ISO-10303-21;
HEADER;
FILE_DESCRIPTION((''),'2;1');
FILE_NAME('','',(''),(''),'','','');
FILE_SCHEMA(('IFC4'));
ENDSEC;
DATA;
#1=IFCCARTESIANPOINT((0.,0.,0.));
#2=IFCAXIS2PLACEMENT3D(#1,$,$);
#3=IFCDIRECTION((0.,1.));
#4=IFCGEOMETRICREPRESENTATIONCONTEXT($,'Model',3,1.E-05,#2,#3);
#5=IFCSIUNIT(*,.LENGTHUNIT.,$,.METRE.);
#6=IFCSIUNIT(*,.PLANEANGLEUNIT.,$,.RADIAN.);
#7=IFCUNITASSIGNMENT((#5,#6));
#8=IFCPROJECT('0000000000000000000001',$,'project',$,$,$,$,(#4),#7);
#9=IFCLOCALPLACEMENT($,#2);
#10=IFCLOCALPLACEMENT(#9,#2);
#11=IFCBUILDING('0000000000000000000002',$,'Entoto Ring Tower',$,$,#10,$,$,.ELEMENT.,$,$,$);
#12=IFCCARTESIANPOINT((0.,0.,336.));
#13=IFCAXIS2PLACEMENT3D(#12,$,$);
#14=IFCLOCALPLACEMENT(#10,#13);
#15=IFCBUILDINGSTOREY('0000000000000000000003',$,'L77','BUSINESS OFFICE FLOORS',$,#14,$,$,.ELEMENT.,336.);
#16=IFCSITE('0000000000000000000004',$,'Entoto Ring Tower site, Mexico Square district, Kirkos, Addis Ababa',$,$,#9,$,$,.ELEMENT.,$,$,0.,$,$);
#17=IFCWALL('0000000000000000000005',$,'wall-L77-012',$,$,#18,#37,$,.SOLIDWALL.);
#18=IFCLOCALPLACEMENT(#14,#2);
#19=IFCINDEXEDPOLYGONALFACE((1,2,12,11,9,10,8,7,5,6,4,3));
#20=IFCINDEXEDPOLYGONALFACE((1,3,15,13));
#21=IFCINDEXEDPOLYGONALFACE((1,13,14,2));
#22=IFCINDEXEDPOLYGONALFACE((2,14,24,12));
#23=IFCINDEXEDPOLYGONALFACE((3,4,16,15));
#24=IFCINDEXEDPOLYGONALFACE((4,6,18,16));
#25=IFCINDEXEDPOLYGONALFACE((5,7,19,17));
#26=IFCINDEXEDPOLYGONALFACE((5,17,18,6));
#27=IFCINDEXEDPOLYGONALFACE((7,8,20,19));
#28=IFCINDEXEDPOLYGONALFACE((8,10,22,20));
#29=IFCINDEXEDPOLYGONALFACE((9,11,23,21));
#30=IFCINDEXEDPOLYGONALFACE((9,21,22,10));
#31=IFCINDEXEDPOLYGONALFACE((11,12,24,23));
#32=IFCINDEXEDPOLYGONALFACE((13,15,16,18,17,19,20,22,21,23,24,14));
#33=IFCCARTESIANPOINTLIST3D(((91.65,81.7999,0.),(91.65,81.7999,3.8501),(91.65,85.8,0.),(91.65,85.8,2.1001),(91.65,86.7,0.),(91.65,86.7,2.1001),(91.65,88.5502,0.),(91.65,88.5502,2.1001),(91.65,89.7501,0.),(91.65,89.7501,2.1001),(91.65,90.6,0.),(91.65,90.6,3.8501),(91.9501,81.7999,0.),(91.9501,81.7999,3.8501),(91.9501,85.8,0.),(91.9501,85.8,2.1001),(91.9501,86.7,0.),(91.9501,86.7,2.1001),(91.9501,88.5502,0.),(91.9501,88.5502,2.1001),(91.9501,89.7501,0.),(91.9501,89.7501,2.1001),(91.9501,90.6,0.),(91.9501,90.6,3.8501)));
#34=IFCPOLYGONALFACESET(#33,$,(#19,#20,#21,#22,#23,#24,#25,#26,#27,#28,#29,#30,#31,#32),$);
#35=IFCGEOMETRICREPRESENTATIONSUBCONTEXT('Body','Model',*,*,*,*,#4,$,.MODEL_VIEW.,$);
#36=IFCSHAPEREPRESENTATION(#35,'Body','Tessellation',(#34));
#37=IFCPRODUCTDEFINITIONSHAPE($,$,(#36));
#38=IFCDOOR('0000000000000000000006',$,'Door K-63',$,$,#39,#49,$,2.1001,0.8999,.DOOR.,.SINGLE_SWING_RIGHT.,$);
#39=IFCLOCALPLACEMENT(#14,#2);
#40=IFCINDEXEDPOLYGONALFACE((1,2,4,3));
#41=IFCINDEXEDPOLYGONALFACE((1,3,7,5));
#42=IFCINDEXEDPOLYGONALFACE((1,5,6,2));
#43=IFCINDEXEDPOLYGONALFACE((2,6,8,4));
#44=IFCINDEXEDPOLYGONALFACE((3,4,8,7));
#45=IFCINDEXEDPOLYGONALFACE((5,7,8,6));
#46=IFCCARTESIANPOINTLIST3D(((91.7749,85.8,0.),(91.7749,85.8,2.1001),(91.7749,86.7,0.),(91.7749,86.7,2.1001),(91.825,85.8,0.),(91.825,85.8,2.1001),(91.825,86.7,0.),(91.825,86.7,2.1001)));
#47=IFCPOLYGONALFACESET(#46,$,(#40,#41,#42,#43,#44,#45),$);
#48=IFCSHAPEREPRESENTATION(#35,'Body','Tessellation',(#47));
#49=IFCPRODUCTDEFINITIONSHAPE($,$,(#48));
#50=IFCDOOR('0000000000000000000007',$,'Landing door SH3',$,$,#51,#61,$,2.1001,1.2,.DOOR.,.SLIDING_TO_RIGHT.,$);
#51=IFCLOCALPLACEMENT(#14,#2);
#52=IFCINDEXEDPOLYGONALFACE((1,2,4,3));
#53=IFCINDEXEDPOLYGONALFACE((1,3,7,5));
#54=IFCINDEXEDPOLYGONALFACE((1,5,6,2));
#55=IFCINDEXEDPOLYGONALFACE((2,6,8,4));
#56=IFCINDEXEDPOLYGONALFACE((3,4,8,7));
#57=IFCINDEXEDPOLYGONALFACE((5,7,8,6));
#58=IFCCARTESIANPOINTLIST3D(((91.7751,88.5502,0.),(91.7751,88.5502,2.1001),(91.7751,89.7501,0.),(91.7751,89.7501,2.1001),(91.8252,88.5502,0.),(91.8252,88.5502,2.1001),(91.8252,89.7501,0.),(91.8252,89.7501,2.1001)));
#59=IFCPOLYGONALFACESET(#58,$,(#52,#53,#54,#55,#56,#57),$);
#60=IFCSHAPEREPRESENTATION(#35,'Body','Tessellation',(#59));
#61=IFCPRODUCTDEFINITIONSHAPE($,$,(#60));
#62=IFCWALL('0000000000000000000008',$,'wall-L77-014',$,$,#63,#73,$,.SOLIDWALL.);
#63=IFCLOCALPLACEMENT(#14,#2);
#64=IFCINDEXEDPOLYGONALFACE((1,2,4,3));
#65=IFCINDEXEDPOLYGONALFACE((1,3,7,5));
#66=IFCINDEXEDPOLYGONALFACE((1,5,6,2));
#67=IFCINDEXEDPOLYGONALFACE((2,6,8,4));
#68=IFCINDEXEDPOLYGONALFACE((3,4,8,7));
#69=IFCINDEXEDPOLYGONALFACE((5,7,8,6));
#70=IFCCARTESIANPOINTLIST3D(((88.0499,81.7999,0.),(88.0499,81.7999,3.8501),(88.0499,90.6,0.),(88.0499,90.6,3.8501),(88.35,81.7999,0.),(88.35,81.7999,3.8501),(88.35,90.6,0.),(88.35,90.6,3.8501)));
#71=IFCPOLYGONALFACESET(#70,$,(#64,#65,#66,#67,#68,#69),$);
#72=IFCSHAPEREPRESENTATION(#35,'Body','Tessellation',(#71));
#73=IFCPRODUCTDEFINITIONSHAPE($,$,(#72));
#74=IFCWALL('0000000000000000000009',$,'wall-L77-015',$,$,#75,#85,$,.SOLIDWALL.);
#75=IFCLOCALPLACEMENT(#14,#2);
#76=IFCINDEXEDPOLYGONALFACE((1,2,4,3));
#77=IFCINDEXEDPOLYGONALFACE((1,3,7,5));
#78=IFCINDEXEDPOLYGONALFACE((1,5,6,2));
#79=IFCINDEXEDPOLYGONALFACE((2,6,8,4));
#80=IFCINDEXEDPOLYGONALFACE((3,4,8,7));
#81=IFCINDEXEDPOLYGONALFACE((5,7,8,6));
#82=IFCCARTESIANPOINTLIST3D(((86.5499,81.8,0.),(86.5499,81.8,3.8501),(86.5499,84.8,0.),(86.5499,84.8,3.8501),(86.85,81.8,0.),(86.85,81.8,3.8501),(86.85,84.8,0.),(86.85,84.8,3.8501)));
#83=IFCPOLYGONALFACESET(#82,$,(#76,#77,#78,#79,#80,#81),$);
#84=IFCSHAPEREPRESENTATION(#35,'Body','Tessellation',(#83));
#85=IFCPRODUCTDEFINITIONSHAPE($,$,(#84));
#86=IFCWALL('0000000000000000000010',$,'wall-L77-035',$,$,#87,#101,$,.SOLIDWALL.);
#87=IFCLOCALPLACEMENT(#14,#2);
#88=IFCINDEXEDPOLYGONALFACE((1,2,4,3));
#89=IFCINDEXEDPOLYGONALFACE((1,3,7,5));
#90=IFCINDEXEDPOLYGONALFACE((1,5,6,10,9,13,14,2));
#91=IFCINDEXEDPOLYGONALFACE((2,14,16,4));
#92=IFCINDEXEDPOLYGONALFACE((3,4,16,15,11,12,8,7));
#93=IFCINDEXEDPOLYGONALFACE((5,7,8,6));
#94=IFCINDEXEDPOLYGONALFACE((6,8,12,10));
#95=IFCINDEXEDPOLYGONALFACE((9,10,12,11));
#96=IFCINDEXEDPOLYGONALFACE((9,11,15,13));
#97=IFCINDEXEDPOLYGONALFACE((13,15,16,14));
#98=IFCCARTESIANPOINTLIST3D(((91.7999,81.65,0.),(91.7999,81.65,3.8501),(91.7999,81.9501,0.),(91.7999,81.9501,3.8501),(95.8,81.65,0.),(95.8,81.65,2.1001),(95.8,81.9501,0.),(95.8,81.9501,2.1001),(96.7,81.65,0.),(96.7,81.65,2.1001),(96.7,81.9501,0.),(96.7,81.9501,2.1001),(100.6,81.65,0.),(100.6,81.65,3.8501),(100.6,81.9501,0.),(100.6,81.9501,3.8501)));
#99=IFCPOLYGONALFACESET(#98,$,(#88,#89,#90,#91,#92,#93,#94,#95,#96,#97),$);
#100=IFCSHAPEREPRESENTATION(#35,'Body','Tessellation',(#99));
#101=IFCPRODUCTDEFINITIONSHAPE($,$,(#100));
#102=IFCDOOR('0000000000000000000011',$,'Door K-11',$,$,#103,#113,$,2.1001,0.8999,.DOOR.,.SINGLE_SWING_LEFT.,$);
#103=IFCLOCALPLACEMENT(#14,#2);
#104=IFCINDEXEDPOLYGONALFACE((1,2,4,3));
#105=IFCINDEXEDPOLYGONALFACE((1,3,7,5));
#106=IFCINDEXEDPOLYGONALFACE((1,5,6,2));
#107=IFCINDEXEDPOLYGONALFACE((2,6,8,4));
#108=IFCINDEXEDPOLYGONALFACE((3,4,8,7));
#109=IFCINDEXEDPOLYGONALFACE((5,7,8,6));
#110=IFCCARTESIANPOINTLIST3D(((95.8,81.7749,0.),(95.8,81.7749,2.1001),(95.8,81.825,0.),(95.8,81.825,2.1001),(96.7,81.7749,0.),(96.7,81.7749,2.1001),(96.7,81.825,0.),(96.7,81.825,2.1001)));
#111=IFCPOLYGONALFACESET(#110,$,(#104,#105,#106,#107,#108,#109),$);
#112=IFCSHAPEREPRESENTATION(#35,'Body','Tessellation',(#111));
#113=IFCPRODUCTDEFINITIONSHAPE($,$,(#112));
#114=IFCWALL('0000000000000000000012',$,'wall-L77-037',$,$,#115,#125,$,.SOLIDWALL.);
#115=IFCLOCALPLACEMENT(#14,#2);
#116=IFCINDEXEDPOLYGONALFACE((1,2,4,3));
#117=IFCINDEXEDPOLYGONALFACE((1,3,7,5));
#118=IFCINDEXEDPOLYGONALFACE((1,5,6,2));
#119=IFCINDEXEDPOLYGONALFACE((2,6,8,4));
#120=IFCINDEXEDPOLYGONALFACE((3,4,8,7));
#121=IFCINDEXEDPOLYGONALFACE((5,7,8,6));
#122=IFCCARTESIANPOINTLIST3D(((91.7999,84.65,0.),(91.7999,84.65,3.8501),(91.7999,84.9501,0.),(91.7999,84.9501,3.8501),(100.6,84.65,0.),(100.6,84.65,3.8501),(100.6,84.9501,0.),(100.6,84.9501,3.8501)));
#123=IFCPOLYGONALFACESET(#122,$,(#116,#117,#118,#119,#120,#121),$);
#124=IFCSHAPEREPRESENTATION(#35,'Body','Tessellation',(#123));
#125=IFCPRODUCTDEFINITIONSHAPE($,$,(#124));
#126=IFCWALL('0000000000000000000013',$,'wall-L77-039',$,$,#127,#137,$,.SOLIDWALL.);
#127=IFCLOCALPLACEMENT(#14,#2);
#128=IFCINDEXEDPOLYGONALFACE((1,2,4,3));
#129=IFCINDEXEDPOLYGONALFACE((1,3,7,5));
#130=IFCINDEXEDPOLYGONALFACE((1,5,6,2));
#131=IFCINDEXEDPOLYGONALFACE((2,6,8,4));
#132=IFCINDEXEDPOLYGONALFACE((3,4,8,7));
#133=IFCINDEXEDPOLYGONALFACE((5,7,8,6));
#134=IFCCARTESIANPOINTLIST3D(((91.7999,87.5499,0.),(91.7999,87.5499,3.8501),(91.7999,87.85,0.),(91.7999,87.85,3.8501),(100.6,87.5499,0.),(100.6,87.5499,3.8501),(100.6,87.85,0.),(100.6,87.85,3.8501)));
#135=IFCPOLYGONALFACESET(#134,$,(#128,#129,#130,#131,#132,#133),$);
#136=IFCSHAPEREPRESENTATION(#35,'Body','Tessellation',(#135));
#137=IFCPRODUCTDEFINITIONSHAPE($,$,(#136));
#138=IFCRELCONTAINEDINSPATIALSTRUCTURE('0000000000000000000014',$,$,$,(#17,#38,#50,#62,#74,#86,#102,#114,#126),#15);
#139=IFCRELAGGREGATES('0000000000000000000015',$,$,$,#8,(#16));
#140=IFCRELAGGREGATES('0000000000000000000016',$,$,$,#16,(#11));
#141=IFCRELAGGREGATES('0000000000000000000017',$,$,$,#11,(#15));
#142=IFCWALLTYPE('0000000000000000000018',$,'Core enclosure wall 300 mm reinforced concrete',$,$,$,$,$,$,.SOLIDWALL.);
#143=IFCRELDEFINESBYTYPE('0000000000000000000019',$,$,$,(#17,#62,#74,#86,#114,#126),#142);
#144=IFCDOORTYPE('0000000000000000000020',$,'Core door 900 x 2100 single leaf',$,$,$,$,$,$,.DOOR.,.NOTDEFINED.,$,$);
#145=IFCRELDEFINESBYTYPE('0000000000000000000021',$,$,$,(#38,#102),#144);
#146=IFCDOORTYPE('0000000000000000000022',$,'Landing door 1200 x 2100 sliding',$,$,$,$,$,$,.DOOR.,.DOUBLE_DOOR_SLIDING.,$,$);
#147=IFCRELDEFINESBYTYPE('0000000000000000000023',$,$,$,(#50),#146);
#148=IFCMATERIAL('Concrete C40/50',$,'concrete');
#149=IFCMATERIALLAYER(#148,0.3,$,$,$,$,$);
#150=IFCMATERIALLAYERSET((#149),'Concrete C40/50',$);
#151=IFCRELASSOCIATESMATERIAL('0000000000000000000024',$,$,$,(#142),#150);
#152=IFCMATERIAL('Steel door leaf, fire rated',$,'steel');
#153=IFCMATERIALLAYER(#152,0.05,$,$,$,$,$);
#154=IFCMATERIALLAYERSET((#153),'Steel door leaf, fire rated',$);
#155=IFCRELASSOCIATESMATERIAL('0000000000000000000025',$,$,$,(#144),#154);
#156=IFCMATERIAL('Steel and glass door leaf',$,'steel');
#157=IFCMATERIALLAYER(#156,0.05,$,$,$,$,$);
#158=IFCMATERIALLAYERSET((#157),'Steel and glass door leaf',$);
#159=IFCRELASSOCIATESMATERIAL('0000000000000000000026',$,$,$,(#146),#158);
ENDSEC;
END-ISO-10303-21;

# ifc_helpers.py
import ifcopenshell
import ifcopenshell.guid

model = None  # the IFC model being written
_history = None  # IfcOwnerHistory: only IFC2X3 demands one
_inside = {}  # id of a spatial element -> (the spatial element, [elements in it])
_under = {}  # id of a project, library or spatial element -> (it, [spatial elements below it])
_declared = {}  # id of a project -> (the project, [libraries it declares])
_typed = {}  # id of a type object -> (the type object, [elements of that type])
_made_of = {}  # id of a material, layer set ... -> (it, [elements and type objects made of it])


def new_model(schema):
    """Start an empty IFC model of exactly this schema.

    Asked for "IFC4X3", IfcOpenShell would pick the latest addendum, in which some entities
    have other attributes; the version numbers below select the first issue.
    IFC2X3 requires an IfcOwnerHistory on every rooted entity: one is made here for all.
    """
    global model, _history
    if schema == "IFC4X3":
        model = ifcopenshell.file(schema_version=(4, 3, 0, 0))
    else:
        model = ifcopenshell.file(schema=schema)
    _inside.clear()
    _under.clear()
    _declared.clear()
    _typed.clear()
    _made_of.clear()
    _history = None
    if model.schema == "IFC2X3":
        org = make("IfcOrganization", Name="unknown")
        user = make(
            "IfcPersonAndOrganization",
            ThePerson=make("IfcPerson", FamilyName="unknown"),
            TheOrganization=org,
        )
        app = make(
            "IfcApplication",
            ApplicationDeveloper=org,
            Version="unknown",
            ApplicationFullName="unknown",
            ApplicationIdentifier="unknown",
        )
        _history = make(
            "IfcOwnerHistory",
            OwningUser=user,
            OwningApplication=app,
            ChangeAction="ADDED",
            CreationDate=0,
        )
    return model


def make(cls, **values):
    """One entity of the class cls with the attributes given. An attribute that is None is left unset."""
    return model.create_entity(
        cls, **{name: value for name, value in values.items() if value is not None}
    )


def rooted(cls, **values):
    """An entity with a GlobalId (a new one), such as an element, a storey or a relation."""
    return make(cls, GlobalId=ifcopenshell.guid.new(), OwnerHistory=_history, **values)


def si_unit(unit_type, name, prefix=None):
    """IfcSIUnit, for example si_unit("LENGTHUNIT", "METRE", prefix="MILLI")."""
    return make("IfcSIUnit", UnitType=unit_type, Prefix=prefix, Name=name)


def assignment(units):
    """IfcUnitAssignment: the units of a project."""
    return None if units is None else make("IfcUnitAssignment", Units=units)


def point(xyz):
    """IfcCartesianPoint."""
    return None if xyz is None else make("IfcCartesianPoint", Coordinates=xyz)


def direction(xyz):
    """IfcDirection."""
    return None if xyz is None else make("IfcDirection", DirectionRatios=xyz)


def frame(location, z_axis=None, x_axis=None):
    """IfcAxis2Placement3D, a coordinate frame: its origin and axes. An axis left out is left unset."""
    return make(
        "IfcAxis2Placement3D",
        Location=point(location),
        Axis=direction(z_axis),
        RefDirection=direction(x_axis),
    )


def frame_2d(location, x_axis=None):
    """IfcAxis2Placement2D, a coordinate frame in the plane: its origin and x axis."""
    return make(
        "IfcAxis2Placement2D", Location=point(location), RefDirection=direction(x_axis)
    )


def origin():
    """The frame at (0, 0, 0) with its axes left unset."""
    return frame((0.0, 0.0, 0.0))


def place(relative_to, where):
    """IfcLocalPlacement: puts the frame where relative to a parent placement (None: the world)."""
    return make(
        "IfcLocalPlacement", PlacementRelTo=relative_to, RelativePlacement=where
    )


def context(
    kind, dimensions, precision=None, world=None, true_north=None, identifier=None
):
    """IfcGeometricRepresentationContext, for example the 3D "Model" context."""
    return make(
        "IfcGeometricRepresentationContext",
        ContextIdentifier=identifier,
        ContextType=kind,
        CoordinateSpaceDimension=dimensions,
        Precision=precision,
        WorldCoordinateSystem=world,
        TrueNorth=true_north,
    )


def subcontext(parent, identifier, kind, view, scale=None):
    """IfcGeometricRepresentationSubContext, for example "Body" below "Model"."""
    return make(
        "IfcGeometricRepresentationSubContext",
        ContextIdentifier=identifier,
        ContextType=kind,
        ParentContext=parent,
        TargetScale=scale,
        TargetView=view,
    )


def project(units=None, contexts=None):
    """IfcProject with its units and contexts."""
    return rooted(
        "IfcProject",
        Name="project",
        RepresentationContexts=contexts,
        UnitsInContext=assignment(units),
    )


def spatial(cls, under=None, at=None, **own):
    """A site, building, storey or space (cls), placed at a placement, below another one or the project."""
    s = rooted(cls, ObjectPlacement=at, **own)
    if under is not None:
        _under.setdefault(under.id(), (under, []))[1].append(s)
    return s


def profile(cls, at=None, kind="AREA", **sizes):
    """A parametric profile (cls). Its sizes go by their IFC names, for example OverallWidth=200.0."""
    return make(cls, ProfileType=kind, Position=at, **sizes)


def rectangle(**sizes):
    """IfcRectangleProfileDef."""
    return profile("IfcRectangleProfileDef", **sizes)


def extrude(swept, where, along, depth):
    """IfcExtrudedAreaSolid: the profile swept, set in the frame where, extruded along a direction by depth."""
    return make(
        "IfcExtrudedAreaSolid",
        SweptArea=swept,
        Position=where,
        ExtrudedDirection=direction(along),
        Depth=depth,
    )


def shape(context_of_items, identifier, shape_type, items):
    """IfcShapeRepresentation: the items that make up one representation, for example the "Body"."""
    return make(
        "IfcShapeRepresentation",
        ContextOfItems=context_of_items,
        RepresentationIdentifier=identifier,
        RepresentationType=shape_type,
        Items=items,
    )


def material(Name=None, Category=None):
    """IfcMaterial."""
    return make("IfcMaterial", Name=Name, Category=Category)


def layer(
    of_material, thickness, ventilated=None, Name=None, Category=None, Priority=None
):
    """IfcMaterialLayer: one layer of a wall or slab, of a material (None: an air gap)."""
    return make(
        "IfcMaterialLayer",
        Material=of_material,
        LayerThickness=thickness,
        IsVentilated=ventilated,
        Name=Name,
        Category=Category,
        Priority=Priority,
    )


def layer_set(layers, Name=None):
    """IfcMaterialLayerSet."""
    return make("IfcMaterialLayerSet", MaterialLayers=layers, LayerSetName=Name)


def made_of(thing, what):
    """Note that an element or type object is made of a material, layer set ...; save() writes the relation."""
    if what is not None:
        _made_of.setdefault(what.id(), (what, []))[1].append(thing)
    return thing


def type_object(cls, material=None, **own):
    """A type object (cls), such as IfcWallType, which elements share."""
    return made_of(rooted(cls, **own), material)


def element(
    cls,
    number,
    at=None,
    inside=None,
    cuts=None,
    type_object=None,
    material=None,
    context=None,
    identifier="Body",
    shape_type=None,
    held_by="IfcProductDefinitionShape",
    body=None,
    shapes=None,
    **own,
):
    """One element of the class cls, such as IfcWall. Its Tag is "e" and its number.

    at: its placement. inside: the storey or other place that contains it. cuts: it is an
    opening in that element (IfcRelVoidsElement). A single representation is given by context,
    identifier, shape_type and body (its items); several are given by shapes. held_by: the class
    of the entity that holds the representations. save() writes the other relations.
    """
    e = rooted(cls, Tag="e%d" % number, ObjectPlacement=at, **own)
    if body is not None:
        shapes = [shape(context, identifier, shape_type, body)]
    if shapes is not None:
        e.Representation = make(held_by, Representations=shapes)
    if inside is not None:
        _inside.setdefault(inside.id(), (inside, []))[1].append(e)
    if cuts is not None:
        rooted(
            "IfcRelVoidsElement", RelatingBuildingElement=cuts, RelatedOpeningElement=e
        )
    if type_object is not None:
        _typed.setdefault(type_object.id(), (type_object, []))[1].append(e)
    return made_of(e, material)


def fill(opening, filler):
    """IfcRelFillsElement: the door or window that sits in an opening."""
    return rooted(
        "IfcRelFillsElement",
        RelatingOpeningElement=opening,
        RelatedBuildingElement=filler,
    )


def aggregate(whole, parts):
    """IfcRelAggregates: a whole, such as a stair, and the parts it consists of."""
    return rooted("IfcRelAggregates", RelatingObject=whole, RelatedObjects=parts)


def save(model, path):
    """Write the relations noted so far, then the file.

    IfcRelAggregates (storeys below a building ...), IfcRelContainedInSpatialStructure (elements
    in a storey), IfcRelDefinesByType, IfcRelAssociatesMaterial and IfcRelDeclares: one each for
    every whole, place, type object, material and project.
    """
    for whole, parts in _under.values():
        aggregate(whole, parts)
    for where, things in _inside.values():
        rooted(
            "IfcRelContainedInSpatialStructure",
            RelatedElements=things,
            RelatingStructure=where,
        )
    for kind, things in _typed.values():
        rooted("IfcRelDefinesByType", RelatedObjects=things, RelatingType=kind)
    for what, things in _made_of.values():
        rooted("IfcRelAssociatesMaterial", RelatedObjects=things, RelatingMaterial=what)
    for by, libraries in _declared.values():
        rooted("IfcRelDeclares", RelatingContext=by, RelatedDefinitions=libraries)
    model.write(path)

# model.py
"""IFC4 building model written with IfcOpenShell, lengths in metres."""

from ifc_helpers import new_model, si_unit, direction, frame, frame_2d, origin, place, context, subcontext, project, spatial, rectangle, extrude, material, layer, layer_set, type_object, element, fill, save


model = new_model("IFC4")

# Units and contexts
model_context = context("Model", 3, precision=1e-05, world=origin(), true_north=direction((0.0, 1.0)))
body_context = subcontext(model_context, "Body", "Model", "MODEL_VIEW")
ifc_project = project(units=[si_unit("LENGTHUNIT", "METRE"), si_unit("PLANEANGLEUNIT", "RADIAN")], contexts=[model_context])

# Site, building, storey
site_placement = place(None, origin())
site = spatial("IfcSite", under=ifc_project, at=site_placement, Name="Entoto Ring Tower site, Mexico Square district, Kirkos, Addis Ababa", CompositionType="ELEMENT", RefElevation=0.0)
building_placement = place(site_placement, origin())
building = spatial("IfcBuilding", under=site, at=building_placement, Name="Entoto Ring Tower", CompositionType="ELEMENT")
storey_placement = place(building_placement, frame((0.0, 0.0, 336.0)))
storey = spatial("IfcBuildingStorey", under=building, at=storey_placement, Name="L77", Description="BUSINESS OFFICE FLOORS", CompositionType="ELEMENT", Elevation=336.0)

# Shared definitions
ifc_material_1 = material(Name="Concrete C40/50", Category="concrete")
ifc_layer_1 = layer(ifc_material_1, 0.3)
ifc_layer_set_1 = layer_set([ifc_layer_1], Name="Concrete C40/50")
wall_type = type_object("IfcWallType", Name="Core enclosure wall 300 mm reinforced concrete", PredefinedType="SOLIDWALL", material=ifc_layer_set_1)

# Wall, openings, doors
wall_1_placement = place(storey_placement, frame((91.8, 81.8, 0.0), z_axis=(0.0, 0.0, 1.0), x_axis=(0.0, 1.0, 0.0)))
wall_1 = element("IfcWall", 1, at=wall_1_placement, inside=storey, type_object=wall_type, Name="wall-L77-012", PredefinedType="SOLIDWALL", context=body_context, shape_type="SweptSolid", body=[
    extrude(rectangle(XDim=8.8, YDim=0.3, at=frame_2d((4.3999, 0.0))), origin(), (0.0, 0.0, 1.0), 3.8501),
])
opening_1_placement = place(wall_1_placement, frame((6.75, 0.0, 0.0)))
opening_1 = element("IfcOpeningElement", 2, at=opening_1_placement, cuts=wall_1, PredefinedType="OPENING", context=body_context, shape_type="SweptSolid", body=[
    extrude(rectangle(XDim=1.2, YDim=2.1001, at=frame_2d((0.6001, 1.05))), frame((0.0, 0.1602, 0.0), z_axis=(0.0, -1.0, 0.0), x_axis=(1.0, 0.0, 0.0)), (0.0, 0.0, 1.0), 0.3201),
])
opening_2_placement = place(wall_1_placement, frame((4.0, 0.0, 0.0)))
opening_2 = element("IfcOpeningElement", 3, at=opening_2_placement, cuts=wall_1, PredefinedType="OPENING", context=body_context, shape_type="SweptSolid", body=[
    extrude(rectangle(XDim=0.8999, YDim=2.1001, at=frame_2d((0.45, 1.05))), frame((0.0, 0.1602, 0.0), z_axis=(0.0, -1.0, 0.0), x_axis=(1.0, 0.0, 0.0)), (0.0, 0.0, 1.0), 0.3201),
])
ifc_material_2 = material(Name="Steel door leaf, fire rated", Category="steel")
ifc_layer_2 = layer(ifc_material_2, 0.05)
ifc_layer_set_2 = layer_set([ifc_layer_2], Name="Steel door leaf, fire rated")
door_type_1 = type_object("IfcDoorType", Name="Core door 900 x 2100 single leaf", OperationType="NOTDEFINED", PredefinedType="DOOR", material=ifc_layer_set_2)
door_1_placement = place(opening_2_placement, frame((0.8999, 0.0, 0.0), z_axis=(0.0, 0.0, 1.0), x_axis=(-1.0, 0.0, 0.0)))
door_1 = element("IfcDoor", 4, at=door_1_placement, inside=storey, type_object=door_type_1, Name="Door K-63", OperationType="SINGLE_SWING_RIGHT", OverallHeight=2.1001, OverallWidth=0.8999, PredefinedType="DOOR", context=body_context, shape_type="SweptSolid", body=[
    extrude(rectangle(XDim=0.8999, YDim=2.1001, at=frame_2d((0.45, 1.05))), frame((0.0, 0.0249, 0.0), z_axis=(0.0, -1.0, 0.0), x_axis=(1.0, 0.0, 0.0)), (0.0, 0.0, 1.0), 0.05),
])
fill(opening_2, door_1)
ifc_material_3 = material(Name="Steel and glass door leaf", Category="steel")
ifc_layer_3 = layer(ifc_material_3, 0.05)
ifc_layer_set_3 = layer_set([ifc_layer_3], Name="Steel and glass door leaf")
door_type_2 = type_object("IfcDoorType", Name="Landing door 1200 x 2100 sliding", OperationType="DOUBLE_DOOR_SLIDING", PredefinedType="DOOR", material=ifc_layer_set_3)
door_2_placement = place(opening_1_placement, origin())
door_2 = element("IfcDoor", 5, at=door_2_placement, inside=storey, type_object=door_type_2, Name="Landing door SH3", OperationType="SLIDING_TO_RIGHT", OverallHeight=2.1001, OverallWidth=1.2, PredefinedType="DOOR", context=body_context, shape_type="SweptSolid", body=[
    extrude(rectangle(XDim=1.2, YDim=2.1001, at=frame_2d((0.6001, 1.05))), frame((0.0, 0.0249, 0.0), z_axis=(0.0, -1.0, 0.0), x_axis=(1.0, 0.0, 0.0)), (0.0, 0.0, 1.0), 0.05),
])
fill(opening_1, door_2)

# Walls
wall_2_placement = place(storey_placement, frame((88.2, 81.8, 0.0), z_axis=(0.0, 0.0, 1.0), x_axis=(0.0, 1.0, 0.0)))
element("IfcWall", 6, at=wall_2_placement, inside=storey, type_object=wall_type, Name="wall-L77-014", PredefinedType="SOLIDWALL", context=body_context, shape_type="SweptSolid", body=[
    extrude(rectangle(XDim=8.8, YDim=0.3, at=frame_2d((4.3999, 0.0))), origin(), (0.0, 0.0, 1.0), 3.8501),
])
wall_3_placement = place(storey_placement, frame((86.7, 81.8, 0.0), z_axis=(0.0, 0.0, 1.0), x_axis=(0.0, 1.0, 0.0)))
element("IfcWall", 7, at=wall_3_placement, inside=storey, type_object=wall_type, Name="wall-L77-015", PredefinedType="SOLIDWALL", context=body_context, shape_type="SweptSolid", body=[
    extrude(rectangle(XDim=3.0, YDim=0.3, at=frame_2d((1.5, 0.0))), origin(), (0.0, 0.0, 1.0), 3.8501),
])

# Wall, opening, door
wall_4_placement = place(storey_placement, frame((91.8, 81.8, 0.0), z_axis=(0.0, 0.0, 1.0), x_axis=(1.0, 0.0, 0.0)))
wall_4 = element("IfcWall", 8, at=wall_4_placement, inside=storey, type_object=wall_type, Name="wall-L77-035", PredefinedType="SOLIDWALL", context=body_context, shape_type="SweptSolid", body=[
    extrude(rectangle(XDim=8.8, YDim=0.3, at=frame_2d((4.3999, 0.0))), origin(), (0.0, 0.0, 1.0), 3.8501),
])
opening_3_placement = place(wall_4_placement, frame((4.0, 0.0, 0.0)))
opening_3 = element("IfcOpeningElement", 9, at=opening_3_placement, cuts=wall_4, PredefinedType="OPENING", context=body_context, shape_type="SweptSolid", body=[
    extrude(rectangle(XDim=0.8999, YDim=2.1001, at=frame_2d((0.45, 1.05))), frame((0.0, 0.1602, 0.0), z_axis=(0.0, -1.0, 0.0), x_axis=(1.0, 0.0, 0.0)), (0.0, 0.0, 1.0), 0.3201),
])
door_3_placement = place(opening_3_placement, origin())
door_3 = element("IfcDoor", 10, at=door_3_placement, inside=storey, type_object=door_type_1, Name="Door K-11", OperationType="SINGLE_SWING_LEFT", OverallHeight=2.1001, OverallWidth=0.8999, PredefinedType="DOOR", context=body_context, shape_type="SweptSolid", body=[
    extrude(rectangle(XDim=0.8999, YDim=2.1001, at=frame_2d((0.45, 1.05))), frame((0.0, 0.0249, 0.0), z_axis=(0.0, -1.0, 0.0), x_axis=(1.0, 0.0, 0.0)), (0.0, 0.0, 1.0), 0.05),
])
fill(opening_3, door_3)

# Walls
for number, where, z_axis, x_axis, name in (
    (11, (91.8, 84.8, 0.0), (0.0, 0.0, 1.0), (1.0, 0.0, 0.0), "wall-L77-037"),
    (12, (91.8, 87.7, 0.0), (0.0, 0.0, 1.0), (1.0, 0.0, 0.0), "wall-L77-039"),
):
    element("IfcWall", number, at=place(storey_placement, frame(where, z_axis=z_axis, x_axis=x_axis)), inside=storey, type_object=wall_type, Name=name, PredefinedType="SOLIDWALL", context=body_context, shape_type="SweptSolid", body=[
        extrude(rectangle(XDim=8.8, YDim=0.3, at=frame_2d((4.3999, 0.0))), origin(), (0.0, 0.0, 1.0), 3.8501),
    ])

save(model, "model.ifc")
